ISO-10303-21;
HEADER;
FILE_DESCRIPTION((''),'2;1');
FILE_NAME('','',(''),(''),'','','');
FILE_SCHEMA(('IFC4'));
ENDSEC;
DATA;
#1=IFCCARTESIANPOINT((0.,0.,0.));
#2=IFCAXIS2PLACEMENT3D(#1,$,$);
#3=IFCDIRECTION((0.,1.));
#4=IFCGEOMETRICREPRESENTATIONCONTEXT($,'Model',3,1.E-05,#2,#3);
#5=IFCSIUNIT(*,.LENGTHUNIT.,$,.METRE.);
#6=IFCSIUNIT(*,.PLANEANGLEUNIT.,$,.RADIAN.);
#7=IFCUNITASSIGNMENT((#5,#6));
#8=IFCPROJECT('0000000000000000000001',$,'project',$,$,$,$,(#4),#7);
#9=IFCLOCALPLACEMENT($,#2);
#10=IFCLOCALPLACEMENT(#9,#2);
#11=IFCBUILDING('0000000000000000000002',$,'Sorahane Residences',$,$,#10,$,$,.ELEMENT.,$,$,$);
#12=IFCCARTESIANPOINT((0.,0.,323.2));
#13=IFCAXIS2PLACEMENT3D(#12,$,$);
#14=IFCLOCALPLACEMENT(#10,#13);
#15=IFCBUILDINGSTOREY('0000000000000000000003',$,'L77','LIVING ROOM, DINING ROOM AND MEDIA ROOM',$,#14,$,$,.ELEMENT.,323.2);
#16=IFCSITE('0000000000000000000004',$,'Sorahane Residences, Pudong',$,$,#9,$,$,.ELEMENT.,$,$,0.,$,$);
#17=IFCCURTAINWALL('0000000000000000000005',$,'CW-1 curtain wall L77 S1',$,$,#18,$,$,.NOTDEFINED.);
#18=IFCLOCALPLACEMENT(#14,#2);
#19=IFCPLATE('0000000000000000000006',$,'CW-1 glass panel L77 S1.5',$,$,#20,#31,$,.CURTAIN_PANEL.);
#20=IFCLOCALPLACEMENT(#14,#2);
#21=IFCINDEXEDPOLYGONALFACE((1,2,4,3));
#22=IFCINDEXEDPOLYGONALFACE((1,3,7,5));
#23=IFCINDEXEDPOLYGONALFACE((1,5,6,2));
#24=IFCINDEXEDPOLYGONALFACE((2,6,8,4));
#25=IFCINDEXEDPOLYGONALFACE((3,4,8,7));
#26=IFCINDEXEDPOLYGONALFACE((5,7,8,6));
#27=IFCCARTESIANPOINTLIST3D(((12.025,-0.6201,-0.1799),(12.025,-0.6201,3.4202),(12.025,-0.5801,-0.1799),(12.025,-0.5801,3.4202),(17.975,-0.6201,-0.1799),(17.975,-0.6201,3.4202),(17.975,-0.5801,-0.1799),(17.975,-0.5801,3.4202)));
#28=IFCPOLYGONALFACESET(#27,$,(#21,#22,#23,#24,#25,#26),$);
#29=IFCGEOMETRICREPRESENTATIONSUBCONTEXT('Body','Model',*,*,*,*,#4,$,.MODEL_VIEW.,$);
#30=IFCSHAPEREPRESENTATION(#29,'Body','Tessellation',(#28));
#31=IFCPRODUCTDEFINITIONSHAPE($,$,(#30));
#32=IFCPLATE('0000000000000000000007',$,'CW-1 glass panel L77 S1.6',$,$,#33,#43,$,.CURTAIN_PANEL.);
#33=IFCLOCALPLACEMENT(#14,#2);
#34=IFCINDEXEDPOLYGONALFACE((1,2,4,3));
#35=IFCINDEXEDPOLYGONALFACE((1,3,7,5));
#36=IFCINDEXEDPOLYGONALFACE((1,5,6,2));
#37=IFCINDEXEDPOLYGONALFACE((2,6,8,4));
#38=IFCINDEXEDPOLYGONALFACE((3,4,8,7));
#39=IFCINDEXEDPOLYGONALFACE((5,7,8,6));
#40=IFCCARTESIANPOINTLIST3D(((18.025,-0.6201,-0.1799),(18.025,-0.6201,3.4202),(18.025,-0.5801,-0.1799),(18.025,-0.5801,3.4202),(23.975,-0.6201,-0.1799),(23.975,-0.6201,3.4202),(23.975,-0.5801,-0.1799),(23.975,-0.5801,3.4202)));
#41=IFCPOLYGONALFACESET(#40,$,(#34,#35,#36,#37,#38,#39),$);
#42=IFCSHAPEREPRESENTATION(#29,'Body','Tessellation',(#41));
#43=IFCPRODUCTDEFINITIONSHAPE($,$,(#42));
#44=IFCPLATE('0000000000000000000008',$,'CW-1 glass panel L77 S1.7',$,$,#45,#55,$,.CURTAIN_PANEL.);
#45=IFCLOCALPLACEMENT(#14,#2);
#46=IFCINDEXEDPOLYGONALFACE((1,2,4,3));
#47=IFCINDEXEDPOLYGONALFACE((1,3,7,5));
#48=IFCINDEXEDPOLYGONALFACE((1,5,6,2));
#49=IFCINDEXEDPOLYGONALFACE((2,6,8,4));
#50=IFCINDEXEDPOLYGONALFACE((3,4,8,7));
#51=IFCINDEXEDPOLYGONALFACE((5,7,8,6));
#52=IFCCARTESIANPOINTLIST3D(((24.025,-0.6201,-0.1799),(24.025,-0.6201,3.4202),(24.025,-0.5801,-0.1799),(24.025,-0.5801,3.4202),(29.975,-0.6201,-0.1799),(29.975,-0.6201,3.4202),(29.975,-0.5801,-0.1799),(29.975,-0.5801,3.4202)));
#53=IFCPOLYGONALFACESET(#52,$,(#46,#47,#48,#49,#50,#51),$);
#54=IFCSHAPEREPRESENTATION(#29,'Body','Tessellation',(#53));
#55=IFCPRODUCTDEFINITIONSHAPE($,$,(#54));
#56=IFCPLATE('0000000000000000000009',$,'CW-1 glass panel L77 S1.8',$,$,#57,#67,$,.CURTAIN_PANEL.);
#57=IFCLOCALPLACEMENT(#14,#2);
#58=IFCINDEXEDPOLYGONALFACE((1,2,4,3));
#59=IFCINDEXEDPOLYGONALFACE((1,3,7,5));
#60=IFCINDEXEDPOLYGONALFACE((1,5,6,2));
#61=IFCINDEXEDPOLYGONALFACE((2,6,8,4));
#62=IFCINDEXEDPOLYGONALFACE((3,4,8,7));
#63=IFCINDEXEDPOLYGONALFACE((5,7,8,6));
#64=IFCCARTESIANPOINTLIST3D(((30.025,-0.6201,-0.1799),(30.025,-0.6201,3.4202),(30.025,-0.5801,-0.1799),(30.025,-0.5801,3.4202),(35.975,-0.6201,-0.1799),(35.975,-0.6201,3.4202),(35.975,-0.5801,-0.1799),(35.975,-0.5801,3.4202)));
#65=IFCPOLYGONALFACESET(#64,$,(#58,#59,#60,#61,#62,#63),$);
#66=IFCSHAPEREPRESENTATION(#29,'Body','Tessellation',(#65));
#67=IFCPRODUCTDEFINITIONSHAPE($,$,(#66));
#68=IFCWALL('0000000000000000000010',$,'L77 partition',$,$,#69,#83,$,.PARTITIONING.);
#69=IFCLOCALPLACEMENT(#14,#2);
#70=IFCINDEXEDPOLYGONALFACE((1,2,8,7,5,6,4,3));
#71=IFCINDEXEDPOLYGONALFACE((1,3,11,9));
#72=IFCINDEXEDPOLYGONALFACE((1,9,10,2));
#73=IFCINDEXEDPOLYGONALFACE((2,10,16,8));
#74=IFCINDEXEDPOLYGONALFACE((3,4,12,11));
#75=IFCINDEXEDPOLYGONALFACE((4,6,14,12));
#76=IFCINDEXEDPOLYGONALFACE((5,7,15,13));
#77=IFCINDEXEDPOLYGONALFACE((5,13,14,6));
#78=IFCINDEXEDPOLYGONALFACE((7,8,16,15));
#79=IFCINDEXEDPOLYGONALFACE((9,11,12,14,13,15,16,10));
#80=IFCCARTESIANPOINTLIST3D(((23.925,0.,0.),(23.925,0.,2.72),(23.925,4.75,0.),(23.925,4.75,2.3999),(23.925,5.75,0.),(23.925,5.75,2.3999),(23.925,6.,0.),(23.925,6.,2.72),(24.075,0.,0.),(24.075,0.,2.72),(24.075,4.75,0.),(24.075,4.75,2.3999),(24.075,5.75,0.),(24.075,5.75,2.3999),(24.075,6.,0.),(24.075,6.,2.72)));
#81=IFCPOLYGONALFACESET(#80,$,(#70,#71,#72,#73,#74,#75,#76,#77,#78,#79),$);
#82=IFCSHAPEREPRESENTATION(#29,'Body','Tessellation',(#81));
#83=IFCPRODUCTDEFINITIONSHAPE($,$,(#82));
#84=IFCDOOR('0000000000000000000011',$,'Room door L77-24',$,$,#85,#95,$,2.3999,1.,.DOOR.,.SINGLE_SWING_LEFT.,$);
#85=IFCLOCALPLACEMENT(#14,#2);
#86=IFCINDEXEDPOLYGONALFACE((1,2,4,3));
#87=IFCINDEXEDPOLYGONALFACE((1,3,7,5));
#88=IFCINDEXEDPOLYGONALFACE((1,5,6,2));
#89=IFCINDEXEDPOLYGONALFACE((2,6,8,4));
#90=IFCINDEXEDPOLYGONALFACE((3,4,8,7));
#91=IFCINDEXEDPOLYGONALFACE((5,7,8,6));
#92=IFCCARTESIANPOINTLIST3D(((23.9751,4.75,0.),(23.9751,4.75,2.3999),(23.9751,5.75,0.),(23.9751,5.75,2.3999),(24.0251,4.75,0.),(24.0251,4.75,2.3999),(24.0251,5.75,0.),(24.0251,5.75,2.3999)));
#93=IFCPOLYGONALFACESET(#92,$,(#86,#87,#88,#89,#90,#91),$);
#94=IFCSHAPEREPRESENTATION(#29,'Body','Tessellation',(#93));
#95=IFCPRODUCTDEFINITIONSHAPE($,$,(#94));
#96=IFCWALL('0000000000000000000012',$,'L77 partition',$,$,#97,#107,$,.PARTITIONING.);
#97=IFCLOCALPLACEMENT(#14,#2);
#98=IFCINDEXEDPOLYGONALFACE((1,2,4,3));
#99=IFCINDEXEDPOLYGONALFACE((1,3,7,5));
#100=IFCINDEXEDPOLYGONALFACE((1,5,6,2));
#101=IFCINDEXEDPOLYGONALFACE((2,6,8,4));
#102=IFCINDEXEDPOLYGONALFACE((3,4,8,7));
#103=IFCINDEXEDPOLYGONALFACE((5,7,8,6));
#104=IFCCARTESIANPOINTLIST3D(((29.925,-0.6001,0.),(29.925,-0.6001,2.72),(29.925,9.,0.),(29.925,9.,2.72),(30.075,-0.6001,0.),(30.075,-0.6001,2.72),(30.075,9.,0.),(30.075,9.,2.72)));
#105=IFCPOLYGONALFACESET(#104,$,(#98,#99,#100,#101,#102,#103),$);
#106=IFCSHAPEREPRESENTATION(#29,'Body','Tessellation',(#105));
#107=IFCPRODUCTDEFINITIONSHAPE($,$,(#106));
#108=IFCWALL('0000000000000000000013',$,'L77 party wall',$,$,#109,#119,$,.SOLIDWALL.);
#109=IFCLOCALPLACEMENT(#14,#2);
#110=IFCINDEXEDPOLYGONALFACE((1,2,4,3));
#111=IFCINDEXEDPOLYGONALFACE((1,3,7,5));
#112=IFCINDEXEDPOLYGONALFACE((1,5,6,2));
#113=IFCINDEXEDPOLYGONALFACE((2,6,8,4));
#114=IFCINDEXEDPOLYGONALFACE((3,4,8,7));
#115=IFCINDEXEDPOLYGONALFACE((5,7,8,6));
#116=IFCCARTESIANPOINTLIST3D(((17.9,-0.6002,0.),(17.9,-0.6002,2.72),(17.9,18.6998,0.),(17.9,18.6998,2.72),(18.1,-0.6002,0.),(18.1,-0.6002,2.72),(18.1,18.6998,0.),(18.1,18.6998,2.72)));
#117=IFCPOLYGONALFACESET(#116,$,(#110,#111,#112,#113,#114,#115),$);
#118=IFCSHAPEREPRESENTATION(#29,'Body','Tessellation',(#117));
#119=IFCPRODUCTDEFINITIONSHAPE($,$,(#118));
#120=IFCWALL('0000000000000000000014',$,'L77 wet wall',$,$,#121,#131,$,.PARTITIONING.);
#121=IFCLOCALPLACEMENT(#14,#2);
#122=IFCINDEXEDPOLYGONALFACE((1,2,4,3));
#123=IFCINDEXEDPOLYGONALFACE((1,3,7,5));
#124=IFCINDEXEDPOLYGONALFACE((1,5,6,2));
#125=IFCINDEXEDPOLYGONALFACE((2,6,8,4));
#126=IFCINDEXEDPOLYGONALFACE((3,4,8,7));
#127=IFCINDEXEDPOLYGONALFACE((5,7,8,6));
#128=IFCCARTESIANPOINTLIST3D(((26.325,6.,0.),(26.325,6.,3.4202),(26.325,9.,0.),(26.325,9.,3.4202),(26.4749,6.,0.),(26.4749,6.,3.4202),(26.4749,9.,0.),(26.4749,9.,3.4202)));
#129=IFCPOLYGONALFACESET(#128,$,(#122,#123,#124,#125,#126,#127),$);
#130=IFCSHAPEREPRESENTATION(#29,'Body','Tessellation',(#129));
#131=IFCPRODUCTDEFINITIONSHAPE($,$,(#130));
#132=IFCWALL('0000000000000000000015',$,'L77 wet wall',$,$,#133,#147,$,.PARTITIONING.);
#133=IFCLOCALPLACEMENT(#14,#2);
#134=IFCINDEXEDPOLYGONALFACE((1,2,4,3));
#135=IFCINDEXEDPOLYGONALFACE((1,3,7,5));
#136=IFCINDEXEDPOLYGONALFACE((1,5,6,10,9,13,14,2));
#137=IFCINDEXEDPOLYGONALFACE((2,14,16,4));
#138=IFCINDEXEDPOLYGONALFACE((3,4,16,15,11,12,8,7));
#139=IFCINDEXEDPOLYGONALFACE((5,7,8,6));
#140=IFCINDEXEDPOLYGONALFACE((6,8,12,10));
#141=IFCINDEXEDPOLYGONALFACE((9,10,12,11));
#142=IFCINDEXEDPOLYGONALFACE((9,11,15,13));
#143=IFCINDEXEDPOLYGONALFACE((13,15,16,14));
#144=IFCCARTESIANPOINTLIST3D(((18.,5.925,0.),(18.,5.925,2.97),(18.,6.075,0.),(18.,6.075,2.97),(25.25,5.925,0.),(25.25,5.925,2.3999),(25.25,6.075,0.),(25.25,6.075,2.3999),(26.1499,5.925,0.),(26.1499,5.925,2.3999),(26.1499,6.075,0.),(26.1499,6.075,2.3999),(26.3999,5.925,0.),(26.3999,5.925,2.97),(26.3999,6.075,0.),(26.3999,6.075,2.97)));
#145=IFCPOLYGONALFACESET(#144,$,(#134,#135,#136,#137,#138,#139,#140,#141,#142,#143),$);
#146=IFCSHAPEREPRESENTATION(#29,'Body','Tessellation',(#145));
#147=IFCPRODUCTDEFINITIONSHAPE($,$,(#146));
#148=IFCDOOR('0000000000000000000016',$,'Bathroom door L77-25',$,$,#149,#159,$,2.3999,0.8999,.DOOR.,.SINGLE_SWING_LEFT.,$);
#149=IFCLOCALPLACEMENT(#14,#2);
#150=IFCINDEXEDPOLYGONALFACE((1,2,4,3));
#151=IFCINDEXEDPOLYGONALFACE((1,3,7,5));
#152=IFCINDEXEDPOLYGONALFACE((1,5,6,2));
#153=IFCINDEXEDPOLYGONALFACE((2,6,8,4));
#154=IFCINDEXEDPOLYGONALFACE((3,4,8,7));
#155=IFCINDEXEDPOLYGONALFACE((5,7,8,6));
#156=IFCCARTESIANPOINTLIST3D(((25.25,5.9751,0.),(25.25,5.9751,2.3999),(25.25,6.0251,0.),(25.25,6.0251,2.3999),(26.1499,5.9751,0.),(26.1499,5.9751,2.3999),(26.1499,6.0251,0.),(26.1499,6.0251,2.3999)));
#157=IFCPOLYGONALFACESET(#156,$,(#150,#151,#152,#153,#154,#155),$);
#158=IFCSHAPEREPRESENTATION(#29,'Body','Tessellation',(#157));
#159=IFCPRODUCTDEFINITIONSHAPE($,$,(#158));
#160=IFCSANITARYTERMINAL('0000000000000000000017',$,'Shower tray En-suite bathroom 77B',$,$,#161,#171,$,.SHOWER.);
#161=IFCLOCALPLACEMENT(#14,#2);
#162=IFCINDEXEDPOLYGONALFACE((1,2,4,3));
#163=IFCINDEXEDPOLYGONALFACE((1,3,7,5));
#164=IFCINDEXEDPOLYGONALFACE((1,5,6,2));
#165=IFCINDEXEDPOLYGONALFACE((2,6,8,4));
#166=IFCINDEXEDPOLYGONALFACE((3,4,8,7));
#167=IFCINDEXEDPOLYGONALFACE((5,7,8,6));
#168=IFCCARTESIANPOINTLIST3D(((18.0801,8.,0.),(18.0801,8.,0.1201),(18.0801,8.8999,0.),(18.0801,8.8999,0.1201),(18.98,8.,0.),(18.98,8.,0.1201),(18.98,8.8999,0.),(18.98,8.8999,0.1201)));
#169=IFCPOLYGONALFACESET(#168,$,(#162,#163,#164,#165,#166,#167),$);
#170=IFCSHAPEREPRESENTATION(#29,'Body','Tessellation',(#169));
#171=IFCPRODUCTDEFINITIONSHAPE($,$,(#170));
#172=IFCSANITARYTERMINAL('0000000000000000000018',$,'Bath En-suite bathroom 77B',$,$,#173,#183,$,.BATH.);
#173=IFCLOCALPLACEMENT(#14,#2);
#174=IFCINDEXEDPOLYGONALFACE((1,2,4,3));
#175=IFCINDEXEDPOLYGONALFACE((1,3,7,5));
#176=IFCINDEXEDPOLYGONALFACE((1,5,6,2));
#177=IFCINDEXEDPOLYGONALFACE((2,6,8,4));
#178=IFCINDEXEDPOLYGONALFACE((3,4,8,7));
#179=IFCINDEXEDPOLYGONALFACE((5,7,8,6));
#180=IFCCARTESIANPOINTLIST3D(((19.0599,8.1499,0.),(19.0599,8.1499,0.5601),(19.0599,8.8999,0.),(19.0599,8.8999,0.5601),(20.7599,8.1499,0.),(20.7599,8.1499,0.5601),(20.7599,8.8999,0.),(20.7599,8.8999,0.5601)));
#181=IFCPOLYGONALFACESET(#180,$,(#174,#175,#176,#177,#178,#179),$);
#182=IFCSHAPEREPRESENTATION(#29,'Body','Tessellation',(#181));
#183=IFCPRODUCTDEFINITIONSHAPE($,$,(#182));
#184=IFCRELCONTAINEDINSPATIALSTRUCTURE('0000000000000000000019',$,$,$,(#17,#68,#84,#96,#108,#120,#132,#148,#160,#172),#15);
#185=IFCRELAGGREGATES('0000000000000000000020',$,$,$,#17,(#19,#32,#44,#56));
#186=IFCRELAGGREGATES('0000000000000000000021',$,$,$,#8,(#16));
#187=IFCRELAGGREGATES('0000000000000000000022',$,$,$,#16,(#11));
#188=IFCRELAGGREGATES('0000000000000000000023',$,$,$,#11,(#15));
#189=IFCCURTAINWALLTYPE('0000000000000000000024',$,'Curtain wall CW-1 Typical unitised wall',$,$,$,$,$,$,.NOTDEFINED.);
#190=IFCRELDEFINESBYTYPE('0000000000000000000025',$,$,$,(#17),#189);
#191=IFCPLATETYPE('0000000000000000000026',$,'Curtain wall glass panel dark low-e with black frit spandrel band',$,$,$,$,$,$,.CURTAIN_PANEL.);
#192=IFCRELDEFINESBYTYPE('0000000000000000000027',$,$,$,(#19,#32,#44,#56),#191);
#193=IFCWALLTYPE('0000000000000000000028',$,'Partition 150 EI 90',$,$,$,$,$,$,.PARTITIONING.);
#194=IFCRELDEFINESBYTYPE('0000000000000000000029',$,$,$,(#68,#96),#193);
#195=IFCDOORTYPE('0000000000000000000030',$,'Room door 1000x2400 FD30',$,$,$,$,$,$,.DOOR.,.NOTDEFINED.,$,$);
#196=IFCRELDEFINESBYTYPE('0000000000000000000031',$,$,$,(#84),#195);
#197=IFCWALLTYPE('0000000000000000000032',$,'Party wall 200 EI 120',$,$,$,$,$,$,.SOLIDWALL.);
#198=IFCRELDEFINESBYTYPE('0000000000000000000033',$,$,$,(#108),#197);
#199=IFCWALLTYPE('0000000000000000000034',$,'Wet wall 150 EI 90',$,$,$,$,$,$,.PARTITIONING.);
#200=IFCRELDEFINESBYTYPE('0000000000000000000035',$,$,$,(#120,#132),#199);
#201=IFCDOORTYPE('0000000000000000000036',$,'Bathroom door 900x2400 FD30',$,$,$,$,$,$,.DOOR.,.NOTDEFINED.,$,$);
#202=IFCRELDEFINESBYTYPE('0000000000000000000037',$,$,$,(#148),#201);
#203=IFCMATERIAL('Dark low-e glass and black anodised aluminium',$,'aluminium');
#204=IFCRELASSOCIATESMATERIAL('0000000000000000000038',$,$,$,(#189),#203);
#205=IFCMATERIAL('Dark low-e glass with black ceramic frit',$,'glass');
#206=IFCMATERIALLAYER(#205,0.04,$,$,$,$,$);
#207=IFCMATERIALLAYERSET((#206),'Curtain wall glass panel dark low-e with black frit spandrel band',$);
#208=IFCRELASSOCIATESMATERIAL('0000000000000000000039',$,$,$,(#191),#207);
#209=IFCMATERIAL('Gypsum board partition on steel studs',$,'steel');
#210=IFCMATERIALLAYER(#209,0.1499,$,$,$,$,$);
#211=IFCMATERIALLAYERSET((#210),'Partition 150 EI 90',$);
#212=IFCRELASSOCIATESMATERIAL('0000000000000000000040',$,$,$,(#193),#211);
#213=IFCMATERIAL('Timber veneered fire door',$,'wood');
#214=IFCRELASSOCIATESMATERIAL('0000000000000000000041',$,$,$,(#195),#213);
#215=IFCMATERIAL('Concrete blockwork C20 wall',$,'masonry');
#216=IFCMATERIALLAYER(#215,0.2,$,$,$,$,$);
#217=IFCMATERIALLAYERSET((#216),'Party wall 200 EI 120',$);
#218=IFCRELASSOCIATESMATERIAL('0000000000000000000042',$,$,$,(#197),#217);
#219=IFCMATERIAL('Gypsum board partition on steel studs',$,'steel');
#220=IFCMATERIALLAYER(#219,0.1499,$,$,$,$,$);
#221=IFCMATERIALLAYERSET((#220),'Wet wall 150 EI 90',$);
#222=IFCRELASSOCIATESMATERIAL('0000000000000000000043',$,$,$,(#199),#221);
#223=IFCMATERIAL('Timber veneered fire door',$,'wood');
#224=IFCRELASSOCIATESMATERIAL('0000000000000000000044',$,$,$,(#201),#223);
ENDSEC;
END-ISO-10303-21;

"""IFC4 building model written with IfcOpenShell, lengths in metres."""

from ifc_helpers import new_model, si_unit, direction, frame, frame_2d, origin, origin_2d, place, context, subcontext, project, spatial, rectangle, extrude, material, layer, layer_set, type_object, element, fill, aggregate, save


model = new_model("IFC4")

# Units and contexts
model_context = context("Model", 3, precision=1e-05, world=origin(), true_north=direction((0.0, 1.0)))
body_context = subcontext(model_context, "Body", "Model", "MODEL_VIEW")
ifc_project = project(units=[si_unit("LENGTHUNIT", "METRE"), si_unit("PLANEANGLEUNIT", "RADIAN")], contexts=[model_context])

# Site, building, storey
site_placement = place(None, origin())
site = spatial("IfcSite", under=ifc_project, at=site_placement, Name="Sorahane Residences, Pudong", CompositionType="ELEMENT", RefElevation=0.0)
building_placement = place(site_placement, origin())
building = spatial("IfcBuilding", under=site, at=building_placement, Name="Sorahane Residences", CompositionType="ELEMENT")
storey_placement = place(building_placement, frame((0.0, 0.0, 323.2)))
storey = spatial("IfcBuildingStorey", under=building, at=storey_placement, Name="L77", Description="LIVING ROOM, DINING ROOM AND MEDIA ROOM", CompositionType="ELEMENT", Elevation=323.2)

# Curtain wall
ifc_material_1 = material(Name="Dark low-e glass and black anodised aluminium", Category="aluminium")
curtain_wall_type = type_object("IfcCurtainWallType", Name="Curtain wall CW-1 Typical unitised wall", PredefinedType="NOTDEFINED", material=ifc_material_1)
curtain_wall_placement = place(storey_placement, origin())
curtain_wall = element("IfcCurtainWall", 1, at=curtain_wall_placement, inside=storey, type_object=curtain_wall_type, Name="CW-1 curtain wall L77 S1", PredefinedType="NOTDEFINED")

# Plates
ifc_material_2 = material(Name="Dark low-e glass with black ceramic frit", Category="glass")
ifc_layer_1 = layer(ifc_material_2, 0.04)
ifc_layer_set_1 = layer_set([ifc_layer_1], Name="Curtain wall glass panel dark low-e with black frit spandrel band")
plate_type = type_object("IfcPlateType", Name="Curtain wall glass panel dark low-e with black frit spandrel band", PredefinedType="CURTAIN_PANEL", material=ifc_layer_set_1)
plate_1_placement = place(storey_placement, frame((15.0, -0.6001, -0.1799), z_axis=(0.0, 0.0, 1.0), x_axis=(1.0, 0.0, 0.0)))
plate_1 = element("IfcPlate", 2, at=plate_1_placement, type_object=plate_type, Name="CW-1 glass panel L77 S1.5", PredefinedType="CURTAIN_PANEL", context=body_context, shape_type="SweptSolid", body=[
    extrude(rectangle(XDim=5.95, YDim=0.04, at=origin_2d()), origin(), (0.0, 0.0, 1.0), 3.6001),
])
plate_2_placement = place(storey_placement, frame((21.0, -0.6001, -0.1799), z_axis=(0.0, 0.0, 1.0), x_axis=(1.0, 0.0, 0.0)))
plate_2 = element("IfcPlate", 3, at=plate_2_placement, type_object=plate_type, Name="CW-1 glass panel L77 S1.6", PredefinedType="CURTAIN_PANEL", context=body_context, shape_type="SweptSolid", body=[
    extrude(rectangle(XDim=5.95, YDim=0.04, at=origin_2d()), origin(), (0.0, 0.0, 1.0), 3.6001),
])
plate_3_placement = place(storey_placement, frame((27.0, -0.6001, -0.1799), z_axis=(0.0, 0.0, 1.0), x_axis=(1.0, 0.0, 0.0)))
plate_3 = element("IfcPlate", 4, at=plate_3_placement, type_object=plate_type, Name="CW-1 glass panel L77 S1.7", PredefinedType="CURTAIN_PANEL", context=body_context, shape_type="SweptSolid", body=[
    extrude(rectangle(XDim=5.95, YDim=0.04, at=origin_2d()), origin(), (0.0, 0.0, 1.0), 3.6001),
])
plate_4_placement = place(storey_placement, frame((33.0, -0.6001, -0.1799), z_axis=(0.0, 0.0, 1.0), x_axis=(1.0, 0.0, 0.0)))
plate_4 = element("IfcPlate", 5, at=plate_4_placement, type_object=plate_type, Name="CW-1 glass panel L77 S1.8", PredefinedType="CURTAIN_PANEL", context=body_context, shape_type="SweptSolid", body=[
    extrude(rectangle(XDim=5.95, YDim=0.04, at=origin_2d()), origin(), (0.0, 0.0, 1.0), 3.6001),
])
aggregate(curtain_wall, [plate_1, plate_2, plate_3, plate_4])

# Wall, opening, door
ifc_material_3 = material(Name="Gypsum board partition on steel studs", Category="steel")
ifc_layer_2 = layer(ifc_material_3, 0.1499)
ifc_layer_set_2 = layer_set([ifc_layer_2], Name="Partition 150 EI 90")
wall_type_1 = type_object("IfcWallType", Name="Partition 150 EI 90", PredefinedType="PARTITIONING", material=ifc_layer_set_2)
wall_1_placement = place(storey_placement, frame((24.0, 0.0, 0.0), z_axis=(0.0, 0.0, 1.0), x_axis=(0.0, 1.0, 0.0)))
wall_1 = element("IfcWall", 6, at=wall_1_placement, inside=storey, type_object=wall_type_1, Name="L77 partition", PredefinedType="PARTITIONING", context=body_context, shape_type="SweptSolid", body=[
    extrude(rectangle(XDim=6.0, YDim=0.1499, at=frame_2d((3.0, 0.0))), origin(), (0.0, 0.0, 1.0), 2.72),
])
opening_1_placement = place(wall_1_placement, frame((4.75, 0.0, 0.0)))
opening_1 = element("IfcOpeningElement", 7, at=opening_1_placement, cuts=wall_1, PredefinedType="OPENING", context=body_context, shape_type="SweptSolid", body=[
    extrude(rectangle(XDim=1.0, YDim=2.3999, at=frame_2d((0.5, 1.2))), frame((0.0, 0.085, 0.0), z_axis=(0.0, -1.0, 0.0), x_axis=(1.0, 0.0, 0.0)), (0.0, 0.0, 1.0), 0.1699),
])
ifc_material_4 = material(Name="Timber veneered fire door", Category="wood")
door_type_1 = type_object("IfcDoorType", Name="Room door 1000x2400 FD30", OperationType="NOTDEFINED", PredefinedType="DOOR", material=ifc_material_4)
door_1_placement = place(opening_1_placement, origin())
door_1 = element("IfcDoor", 8, at=door_1_placement, inside=storey, type_object=door_type_1, Name="Room door L77-24", OperationType="SINGLE_SWING_LEFT", OverallHeight=2.3999, OverallWidth=1.0, PredefinedType="DOOR", context=body_context, shape_type="SweptSolid", body=[
    extrude(rectangle(XDim=1.0, YDim=2.3999, at=frame_2d((0.5, 1.2))), frame((0.0, 0.0249, 0.0), z_axis=(0.0, -1.0, 0.0), x_axis=(1.0, 0.0, 0.0)), (0.0, 0.0, 1.0), 0.05),
])
fill(opening_1, door_1)

# Wall
wall_2_placement = place(storey_placement, frame((30.0, -0.6001, 0.0), z_axis=(0.0, 0.0, 1.0), x_axis=(0.0, 1.0, 0.0)))
element("IfcWall", 9, at=wall_2_placement, inside=storey, type_object=wall_type_1, Name="L77 partition", PredefinedType="PARTITIONING", context=body_context, shape_type="SweptSolid", body=[
    extrude(rectangle(XDim=9.6001, YDim=0.1499, at=frame_2d((4.8, 0.0))), origin(), (0.0, 0.0, 1.0), 2.72),
])

# Walls
ifc_material_5 = material(Name="Concrete blockwork C20 wall", Category="masonry")
ifc_layer_3 = layer(ifc_material_5, 0.2)
ifc_layer_set_3 = layer_set([ifc_layer_3], Name="Party wall 200 EI 120")
wall_type_2 = type_object("IfcWallType", Name="Party wall 200 EI 120", PredefinedType="SOLIDWALL", material=ifc_layer_set_3)
wall_3_placement = place(storey_placement, frame((18.0, -0.6001, 0.0), z_axis=(0.0, 0.0, 1.0), x_axis=(0.0, 1.0, 0.0)))
element("IfcWall", 10, at=wall_3_placement, inside=storey, type_object=wall_type_2, Name="L77 party wall", PredefinedType="SOLIDWALL", context=body_context, shape_type="SweptSolid", body=[
    extrude(rectangle(XDim=19.3, YDim=0.2, at=frame_2d((9.6499, 0.0))), origin(), (0.0, 0.0, 1.0), 2.72),
])
ifc_material_6 = material(Name="Gypsum board partition on steel studs", Category="steel")
ifc_layer_4 = layer(ifc_material_6, 0.1499)
ifc_layer_set_4 = layer_set([ifc_layer_4], Name="Wet wall 150 EI 90")
wall_type_3 = type_object("IfcWallType", Name="Wet wall 150 EI 90", PredefinedType="PARTITIONING", material=ifc_layer_set_4)
wall_4_placement = place(storey_placement, frame((26.3999, 6.0, 0.0), z_axis=(0.0, 0.0, 1.0), x_axis=(0.0, 1.0, 0.0)))
element("IfcWall", 11, at=wall_4_placement, inside=storey, type_object=wall_type_3, Name="L77 wet wall", PredefinedType="PARTITIONING", context=body_context, shape_type="SweptSolid", body=[
    extrude(rectangle(XDim=3.0, YDim=0.1499, at=frame_2d((1.5, 0.0))), origin(), (0.0, 0.0, 1.0), 3.4202),
])

# Wall, opening, door
wall_5_placement = place(storey_placement, frame((18.0, 6.0, 0.0), z_axis=(0.0, 0.0, 1.0), x_axis=(1.0, 0.0, 0.0)))
wall_5 = element("IfcWall", 12, at=wall_5_placement, inside=storey, type_object=wall_type_3, Name="L77 wet wall", PredefinedType="PARTITIONING", context=body_context, shape_type="SweptSolid", body=[
    extrude(rectangle(XDim=8.3999, YDim=0.1499, at=frame_2d((4.2, 0.0))), origin(), (0.0, 0.0, 1.0), 2.97),
])
opening_2_placement = place(wall_5_placement, frame((7.25, 0.0, 0.0)))
opening_2 = element("IfcOpeningElement", 13, at=opening_2_placement, cuts=wall_5, PredefinedType="OPENING", context=body_context, shape_type="SweptSolid", body=[
    extrude(rectangle(XDim=0.8999, YDim=2.3999, at=frame_2d((0.45, 1.2))), frame((0.0, 0.085, 0.0), z_axis=(0.0, -1.0, 0.0), x_axis=(1.0, 0.0, 0.0)), (0.0, 0.0, 1.0), 0.1699),
])
ifc_material_7 = material(Name="Timber veneered fire door", Category="wood")
door_type_2 = type_object("IfcDoorType", Name="Bathroom door 900x2400 FD30", OperationType="NOTDEFINED", PredefinedType="DOOR", material=ifc_material_7)
door_2_placement = place(opening_2_placement, frame((0.8999, 0.0, 0.0), z_axis=(0.0, 0.0, 1.0), x_axis=(-1.0, 0.0, 0.0)))
door_2 = element("IfcDoor", 14, at=door_2_placement, inside=storey, type_object=door_type_2, Name="Bathroom door L77-25", OperationType="SINGLE_SWING_LEFT", OverallHeight=2.3999, OverallWidth=0.8999, PredefinedType="DOOR", context=body_context, shape_type="SweptSolid", body=[
    extrude(rectangle(XDim=0.8999, YDim=2.3999, at=frame_2d((0.45, 1.2))), frame((0.0, 0.0249, 0.0), z_axis=(0.0, -1.0, 0.0), x_axis=(1.0, 0.0, 0.0)), (0.0, 0.0, 1.0), 0.05),
])
fill(opening_2, door_2)

# Sanitary terminals
sanitary_terminal_1_placement = place(storey_placement, frame((18.53, 8.45, 0.0), z_axis=(0.0, 0.0, 1.0), x_axis=(1.0, 0.0, 0.0)))
element("IfcSanitaryTerminal", 15, at=sanitary_terminal_1_placement, inside=storey, Name="Shower tray En-suite bathroom 77B", PredefinedType="SHOWER", context=body_context, shape_type="SweptSolid", body=[
    extrude(rectangle(XDim=0.8999, YDim=0.8999, at=origin_2d()), origin(), (0.0, 0.0, 1.0), 0.1201),
])
sanitary_terminal_2_placement = place(storey_placement, frame((19.9099, 8.5249, 0.0), z_axis=(0.0, 0.0, 1.0), x_axis=(1.0, 0.0, 0.0)))
element("IfcSanitaryTerminal", 16, at=sanitary_terminal_2_placement, inside=storey, Name="Bath En-suite bathroom 77B", PredefinedType="BATH", context=body_context, shape_type="SweptSolid", body=[
    extrude(rectangle(XDim=1.7, YDim=0.75, at=origin_2d()), origin(), (0.0, 0.0, 1.0), 0.5601),
])

save(model, "model.ifc")
